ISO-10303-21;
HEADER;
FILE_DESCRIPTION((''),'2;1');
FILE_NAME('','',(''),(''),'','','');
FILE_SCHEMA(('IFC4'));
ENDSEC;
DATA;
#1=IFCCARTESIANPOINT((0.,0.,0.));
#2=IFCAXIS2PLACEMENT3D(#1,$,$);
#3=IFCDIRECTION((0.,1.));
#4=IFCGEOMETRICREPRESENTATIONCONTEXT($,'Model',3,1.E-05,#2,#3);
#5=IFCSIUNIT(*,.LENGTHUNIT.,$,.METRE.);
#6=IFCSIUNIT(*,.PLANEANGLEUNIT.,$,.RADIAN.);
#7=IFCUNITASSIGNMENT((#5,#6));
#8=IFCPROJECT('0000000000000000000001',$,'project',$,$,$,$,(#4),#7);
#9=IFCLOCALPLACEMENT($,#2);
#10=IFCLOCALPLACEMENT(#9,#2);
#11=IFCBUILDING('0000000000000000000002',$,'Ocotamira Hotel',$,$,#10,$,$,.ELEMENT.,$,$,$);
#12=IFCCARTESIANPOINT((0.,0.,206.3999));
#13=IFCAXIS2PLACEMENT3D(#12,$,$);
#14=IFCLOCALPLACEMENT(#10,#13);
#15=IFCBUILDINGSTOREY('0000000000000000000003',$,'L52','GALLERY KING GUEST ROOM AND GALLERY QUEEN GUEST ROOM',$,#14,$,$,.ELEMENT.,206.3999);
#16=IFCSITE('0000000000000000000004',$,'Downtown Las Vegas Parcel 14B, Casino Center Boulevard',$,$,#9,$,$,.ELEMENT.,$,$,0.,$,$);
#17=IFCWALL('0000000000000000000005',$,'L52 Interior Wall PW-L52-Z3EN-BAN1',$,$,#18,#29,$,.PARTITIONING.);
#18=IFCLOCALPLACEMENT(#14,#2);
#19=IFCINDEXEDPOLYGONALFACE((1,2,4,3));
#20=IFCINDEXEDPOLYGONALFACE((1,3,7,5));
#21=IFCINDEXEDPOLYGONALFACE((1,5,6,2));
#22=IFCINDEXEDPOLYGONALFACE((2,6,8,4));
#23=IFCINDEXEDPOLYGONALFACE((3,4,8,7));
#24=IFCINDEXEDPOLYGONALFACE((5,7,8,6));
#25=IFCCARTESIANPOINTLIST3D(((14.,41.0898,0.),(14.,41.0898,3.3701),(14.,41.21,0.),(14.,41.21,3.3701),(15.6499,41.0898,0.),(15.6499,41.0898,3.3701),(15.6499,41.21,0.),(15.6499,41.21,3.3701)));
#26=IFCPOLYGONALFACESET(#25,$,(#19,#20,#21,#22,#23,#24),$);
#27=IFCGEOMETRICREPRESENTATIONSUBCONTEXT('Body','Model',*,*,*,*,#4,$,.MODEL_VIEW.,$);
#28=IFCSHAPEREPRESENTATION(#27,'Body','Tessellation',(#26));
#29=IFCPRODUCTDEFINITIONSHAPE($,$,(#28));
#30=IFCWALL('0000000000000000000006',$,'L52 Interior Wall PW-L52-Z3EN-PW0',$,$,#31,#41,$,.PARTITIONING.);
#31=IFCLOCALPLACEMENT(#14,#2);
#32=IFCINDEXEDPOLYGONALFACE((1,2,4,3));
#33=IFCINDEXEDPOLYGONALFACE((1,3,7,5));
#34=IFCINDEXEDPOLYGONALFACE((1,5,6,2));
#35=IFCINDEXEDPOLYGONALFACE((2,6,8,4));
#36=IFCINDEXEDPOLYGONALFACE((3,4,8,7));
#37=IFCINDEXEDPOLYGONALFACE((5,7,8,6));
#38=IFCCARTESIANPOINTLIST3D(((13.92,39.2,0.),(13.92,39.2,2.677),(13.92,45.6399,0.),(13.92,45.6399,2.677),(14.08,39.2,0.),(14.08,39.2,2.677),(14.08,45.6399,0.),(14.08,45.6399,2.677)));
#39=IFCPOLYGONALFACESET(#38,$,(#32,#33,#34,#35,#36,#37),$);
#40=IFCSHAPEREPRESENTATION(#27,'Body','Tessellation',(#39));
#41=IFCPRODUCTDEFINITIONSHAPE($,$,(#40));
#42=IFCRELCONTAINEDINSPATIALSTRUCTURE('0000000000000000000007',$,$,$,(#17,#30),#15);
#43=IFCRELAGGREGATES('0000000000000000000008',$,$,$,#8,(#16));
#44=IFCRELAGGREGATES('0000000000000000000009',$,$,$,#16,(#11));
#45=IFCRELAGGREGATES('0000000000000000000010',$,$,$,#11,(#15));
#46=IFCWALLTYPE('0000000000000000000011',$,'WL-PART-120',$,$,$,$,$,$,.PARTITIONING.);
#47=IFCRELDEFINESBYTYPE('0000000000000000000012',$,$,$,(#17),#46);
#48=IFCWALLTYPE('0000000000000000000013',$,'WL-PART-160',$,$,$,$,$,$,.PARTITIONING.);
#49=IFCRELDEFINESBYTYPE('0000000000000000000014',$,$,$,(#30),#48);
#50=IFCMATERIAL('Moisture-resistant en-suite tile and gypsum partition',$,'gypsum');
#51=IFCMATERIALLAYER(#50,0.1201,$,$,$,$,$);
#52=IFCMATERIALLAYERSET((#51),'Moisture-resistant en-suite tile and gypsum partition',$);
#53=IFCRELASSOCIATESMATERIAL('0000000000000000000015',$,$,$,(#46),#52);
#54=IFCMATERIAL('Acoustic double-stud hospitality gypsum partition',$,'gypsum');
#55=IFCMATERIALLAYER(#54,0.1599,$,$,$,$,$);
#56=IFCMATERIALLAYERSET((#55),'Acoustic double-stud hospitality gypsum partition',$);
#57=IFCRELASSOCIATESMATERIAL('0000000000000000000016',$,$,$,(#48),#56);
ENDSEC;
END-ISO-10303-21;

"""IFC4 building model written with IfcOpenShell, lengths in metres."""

from ifc_helpers import new_model, si_unit, direction, frame, frame_2d, origin, place, context, subcontext, project, spatial, rectangle, extrude, material, layer, layer_set, type_object, element, save


model = new_model("IFC4")

# Units and contexts
model_context = context("Model", 3, precision=1e-05, world=origin(), true_north=direction((0.0, 1.0)))
body_context = subcontext(model_context, "Body", "Model", "MODEL_VIEW")
ifc_project = project(units=[si_unit("LENGTHUNIT", "METRE"), si_unit("PLANEANGLEUNIT", "RADIAN")], contexts=[model_context])

# Site, building, storey
site_placement = place(None, origin())
site = spatial("IfcSite", under=ifc_project, at=site_placement, Name="Downtown Las Vegas Parcel 14B, Casino Center Boulevard", CompositionType="ELEMENT", RefElevation=0.0)
building_placement = place(site_placement, origin())
building = spatial("IfcBuilding", under=site, at=building_placement, Name="Ocotamira Hotel", CompositionType="ELEMENT")
storey_placement = place(building_placement, frame((0.0, 0.0, 206.3999)))
storey = spatial("IfcBuildingStorey", under=building, at=storey_placement, Name="L52", Description="GALLERY KING GUEST ROOM AND GALLERY QUEEN GUEST ROOM", CompositionType="ELEMENT", Elevation=206.3999)

# Shared definitions
ifc_material_1 = material(Name="Moisture-resistant en-suite tile and gypsum partition", Category="gypsum")
ifc_layer_1 = layer(ifc_material_1, 0.1201)
ifc_layer_set_1 = layer_set([ifc_layer_1], Name="Moisture-resistant en-suite tile and gypsum partition")
wall_type_1 = type_object("IfcWallType", Name="WL-PART-120", PredefinedType="PARTITIONING", material=ifc_layer_set_1)

# Walls
wall_1_placement = place(storey_placement, frame((14.0, 41.1499, 0.0), z_axis=(0.0, 0.0, 1.0), x_axis=(1.0, 0.0, 0.0)))
element("IfcWall", 1, at=wall_1_placement, inside=storey, type_object=wall_type_1, Name="L52 Interior Wall PW-L52-Z3EN-BAN1", PredefinedType="PARTITIONING", context=body_context, shape_type="SweptSolid", body=[
    extrude(rectangle(XDim=1.6499, YDim=0.1201, at=frame_2d((0.825, 0.0))), origin(), (0.0, 0.0, 1.0), 3.3701),
])
ifc_material_2 = material(Name="Acoustic double-stud hospitality gypsum partition", Category="gypsum")
ifc_layer_2 = layer(ifc_material_2, 0.1599)
ifc_layer_set_2 = layer_set([ifc_layer_2], Name="Acoustic double-stud hospitality gypsum partition")
wall_type_2 = type_object("IfcWallType", Name="WL-PART-160", PredefinedType="PARTITIONING", material=ifc_layer_set_2)
wall_2_placement = place(storey_placement, frame((14.0, 39.2, 0.0), z_axis=(0.0, 0.0, 1.0), x_axis=(0.0, 1.0, 0.0)))
element("IfcWall", 2, at=wall_2_placement, inside=storey, type_object=wall_type_2, Name="L52 Interior Wall PW-L52-Z3EN-PW0", PredefinedType="PARTITIONING", context=body_context, shape_type="SweptSolid", body=[
    extrude(rectangle(XDim=6.4399, YDim=0.1599, at=frame_2d((3.22, 0.0))), origin(), (0.0, 0.0, 1.0), 2.677),
])

save(model, "model.ifc")
